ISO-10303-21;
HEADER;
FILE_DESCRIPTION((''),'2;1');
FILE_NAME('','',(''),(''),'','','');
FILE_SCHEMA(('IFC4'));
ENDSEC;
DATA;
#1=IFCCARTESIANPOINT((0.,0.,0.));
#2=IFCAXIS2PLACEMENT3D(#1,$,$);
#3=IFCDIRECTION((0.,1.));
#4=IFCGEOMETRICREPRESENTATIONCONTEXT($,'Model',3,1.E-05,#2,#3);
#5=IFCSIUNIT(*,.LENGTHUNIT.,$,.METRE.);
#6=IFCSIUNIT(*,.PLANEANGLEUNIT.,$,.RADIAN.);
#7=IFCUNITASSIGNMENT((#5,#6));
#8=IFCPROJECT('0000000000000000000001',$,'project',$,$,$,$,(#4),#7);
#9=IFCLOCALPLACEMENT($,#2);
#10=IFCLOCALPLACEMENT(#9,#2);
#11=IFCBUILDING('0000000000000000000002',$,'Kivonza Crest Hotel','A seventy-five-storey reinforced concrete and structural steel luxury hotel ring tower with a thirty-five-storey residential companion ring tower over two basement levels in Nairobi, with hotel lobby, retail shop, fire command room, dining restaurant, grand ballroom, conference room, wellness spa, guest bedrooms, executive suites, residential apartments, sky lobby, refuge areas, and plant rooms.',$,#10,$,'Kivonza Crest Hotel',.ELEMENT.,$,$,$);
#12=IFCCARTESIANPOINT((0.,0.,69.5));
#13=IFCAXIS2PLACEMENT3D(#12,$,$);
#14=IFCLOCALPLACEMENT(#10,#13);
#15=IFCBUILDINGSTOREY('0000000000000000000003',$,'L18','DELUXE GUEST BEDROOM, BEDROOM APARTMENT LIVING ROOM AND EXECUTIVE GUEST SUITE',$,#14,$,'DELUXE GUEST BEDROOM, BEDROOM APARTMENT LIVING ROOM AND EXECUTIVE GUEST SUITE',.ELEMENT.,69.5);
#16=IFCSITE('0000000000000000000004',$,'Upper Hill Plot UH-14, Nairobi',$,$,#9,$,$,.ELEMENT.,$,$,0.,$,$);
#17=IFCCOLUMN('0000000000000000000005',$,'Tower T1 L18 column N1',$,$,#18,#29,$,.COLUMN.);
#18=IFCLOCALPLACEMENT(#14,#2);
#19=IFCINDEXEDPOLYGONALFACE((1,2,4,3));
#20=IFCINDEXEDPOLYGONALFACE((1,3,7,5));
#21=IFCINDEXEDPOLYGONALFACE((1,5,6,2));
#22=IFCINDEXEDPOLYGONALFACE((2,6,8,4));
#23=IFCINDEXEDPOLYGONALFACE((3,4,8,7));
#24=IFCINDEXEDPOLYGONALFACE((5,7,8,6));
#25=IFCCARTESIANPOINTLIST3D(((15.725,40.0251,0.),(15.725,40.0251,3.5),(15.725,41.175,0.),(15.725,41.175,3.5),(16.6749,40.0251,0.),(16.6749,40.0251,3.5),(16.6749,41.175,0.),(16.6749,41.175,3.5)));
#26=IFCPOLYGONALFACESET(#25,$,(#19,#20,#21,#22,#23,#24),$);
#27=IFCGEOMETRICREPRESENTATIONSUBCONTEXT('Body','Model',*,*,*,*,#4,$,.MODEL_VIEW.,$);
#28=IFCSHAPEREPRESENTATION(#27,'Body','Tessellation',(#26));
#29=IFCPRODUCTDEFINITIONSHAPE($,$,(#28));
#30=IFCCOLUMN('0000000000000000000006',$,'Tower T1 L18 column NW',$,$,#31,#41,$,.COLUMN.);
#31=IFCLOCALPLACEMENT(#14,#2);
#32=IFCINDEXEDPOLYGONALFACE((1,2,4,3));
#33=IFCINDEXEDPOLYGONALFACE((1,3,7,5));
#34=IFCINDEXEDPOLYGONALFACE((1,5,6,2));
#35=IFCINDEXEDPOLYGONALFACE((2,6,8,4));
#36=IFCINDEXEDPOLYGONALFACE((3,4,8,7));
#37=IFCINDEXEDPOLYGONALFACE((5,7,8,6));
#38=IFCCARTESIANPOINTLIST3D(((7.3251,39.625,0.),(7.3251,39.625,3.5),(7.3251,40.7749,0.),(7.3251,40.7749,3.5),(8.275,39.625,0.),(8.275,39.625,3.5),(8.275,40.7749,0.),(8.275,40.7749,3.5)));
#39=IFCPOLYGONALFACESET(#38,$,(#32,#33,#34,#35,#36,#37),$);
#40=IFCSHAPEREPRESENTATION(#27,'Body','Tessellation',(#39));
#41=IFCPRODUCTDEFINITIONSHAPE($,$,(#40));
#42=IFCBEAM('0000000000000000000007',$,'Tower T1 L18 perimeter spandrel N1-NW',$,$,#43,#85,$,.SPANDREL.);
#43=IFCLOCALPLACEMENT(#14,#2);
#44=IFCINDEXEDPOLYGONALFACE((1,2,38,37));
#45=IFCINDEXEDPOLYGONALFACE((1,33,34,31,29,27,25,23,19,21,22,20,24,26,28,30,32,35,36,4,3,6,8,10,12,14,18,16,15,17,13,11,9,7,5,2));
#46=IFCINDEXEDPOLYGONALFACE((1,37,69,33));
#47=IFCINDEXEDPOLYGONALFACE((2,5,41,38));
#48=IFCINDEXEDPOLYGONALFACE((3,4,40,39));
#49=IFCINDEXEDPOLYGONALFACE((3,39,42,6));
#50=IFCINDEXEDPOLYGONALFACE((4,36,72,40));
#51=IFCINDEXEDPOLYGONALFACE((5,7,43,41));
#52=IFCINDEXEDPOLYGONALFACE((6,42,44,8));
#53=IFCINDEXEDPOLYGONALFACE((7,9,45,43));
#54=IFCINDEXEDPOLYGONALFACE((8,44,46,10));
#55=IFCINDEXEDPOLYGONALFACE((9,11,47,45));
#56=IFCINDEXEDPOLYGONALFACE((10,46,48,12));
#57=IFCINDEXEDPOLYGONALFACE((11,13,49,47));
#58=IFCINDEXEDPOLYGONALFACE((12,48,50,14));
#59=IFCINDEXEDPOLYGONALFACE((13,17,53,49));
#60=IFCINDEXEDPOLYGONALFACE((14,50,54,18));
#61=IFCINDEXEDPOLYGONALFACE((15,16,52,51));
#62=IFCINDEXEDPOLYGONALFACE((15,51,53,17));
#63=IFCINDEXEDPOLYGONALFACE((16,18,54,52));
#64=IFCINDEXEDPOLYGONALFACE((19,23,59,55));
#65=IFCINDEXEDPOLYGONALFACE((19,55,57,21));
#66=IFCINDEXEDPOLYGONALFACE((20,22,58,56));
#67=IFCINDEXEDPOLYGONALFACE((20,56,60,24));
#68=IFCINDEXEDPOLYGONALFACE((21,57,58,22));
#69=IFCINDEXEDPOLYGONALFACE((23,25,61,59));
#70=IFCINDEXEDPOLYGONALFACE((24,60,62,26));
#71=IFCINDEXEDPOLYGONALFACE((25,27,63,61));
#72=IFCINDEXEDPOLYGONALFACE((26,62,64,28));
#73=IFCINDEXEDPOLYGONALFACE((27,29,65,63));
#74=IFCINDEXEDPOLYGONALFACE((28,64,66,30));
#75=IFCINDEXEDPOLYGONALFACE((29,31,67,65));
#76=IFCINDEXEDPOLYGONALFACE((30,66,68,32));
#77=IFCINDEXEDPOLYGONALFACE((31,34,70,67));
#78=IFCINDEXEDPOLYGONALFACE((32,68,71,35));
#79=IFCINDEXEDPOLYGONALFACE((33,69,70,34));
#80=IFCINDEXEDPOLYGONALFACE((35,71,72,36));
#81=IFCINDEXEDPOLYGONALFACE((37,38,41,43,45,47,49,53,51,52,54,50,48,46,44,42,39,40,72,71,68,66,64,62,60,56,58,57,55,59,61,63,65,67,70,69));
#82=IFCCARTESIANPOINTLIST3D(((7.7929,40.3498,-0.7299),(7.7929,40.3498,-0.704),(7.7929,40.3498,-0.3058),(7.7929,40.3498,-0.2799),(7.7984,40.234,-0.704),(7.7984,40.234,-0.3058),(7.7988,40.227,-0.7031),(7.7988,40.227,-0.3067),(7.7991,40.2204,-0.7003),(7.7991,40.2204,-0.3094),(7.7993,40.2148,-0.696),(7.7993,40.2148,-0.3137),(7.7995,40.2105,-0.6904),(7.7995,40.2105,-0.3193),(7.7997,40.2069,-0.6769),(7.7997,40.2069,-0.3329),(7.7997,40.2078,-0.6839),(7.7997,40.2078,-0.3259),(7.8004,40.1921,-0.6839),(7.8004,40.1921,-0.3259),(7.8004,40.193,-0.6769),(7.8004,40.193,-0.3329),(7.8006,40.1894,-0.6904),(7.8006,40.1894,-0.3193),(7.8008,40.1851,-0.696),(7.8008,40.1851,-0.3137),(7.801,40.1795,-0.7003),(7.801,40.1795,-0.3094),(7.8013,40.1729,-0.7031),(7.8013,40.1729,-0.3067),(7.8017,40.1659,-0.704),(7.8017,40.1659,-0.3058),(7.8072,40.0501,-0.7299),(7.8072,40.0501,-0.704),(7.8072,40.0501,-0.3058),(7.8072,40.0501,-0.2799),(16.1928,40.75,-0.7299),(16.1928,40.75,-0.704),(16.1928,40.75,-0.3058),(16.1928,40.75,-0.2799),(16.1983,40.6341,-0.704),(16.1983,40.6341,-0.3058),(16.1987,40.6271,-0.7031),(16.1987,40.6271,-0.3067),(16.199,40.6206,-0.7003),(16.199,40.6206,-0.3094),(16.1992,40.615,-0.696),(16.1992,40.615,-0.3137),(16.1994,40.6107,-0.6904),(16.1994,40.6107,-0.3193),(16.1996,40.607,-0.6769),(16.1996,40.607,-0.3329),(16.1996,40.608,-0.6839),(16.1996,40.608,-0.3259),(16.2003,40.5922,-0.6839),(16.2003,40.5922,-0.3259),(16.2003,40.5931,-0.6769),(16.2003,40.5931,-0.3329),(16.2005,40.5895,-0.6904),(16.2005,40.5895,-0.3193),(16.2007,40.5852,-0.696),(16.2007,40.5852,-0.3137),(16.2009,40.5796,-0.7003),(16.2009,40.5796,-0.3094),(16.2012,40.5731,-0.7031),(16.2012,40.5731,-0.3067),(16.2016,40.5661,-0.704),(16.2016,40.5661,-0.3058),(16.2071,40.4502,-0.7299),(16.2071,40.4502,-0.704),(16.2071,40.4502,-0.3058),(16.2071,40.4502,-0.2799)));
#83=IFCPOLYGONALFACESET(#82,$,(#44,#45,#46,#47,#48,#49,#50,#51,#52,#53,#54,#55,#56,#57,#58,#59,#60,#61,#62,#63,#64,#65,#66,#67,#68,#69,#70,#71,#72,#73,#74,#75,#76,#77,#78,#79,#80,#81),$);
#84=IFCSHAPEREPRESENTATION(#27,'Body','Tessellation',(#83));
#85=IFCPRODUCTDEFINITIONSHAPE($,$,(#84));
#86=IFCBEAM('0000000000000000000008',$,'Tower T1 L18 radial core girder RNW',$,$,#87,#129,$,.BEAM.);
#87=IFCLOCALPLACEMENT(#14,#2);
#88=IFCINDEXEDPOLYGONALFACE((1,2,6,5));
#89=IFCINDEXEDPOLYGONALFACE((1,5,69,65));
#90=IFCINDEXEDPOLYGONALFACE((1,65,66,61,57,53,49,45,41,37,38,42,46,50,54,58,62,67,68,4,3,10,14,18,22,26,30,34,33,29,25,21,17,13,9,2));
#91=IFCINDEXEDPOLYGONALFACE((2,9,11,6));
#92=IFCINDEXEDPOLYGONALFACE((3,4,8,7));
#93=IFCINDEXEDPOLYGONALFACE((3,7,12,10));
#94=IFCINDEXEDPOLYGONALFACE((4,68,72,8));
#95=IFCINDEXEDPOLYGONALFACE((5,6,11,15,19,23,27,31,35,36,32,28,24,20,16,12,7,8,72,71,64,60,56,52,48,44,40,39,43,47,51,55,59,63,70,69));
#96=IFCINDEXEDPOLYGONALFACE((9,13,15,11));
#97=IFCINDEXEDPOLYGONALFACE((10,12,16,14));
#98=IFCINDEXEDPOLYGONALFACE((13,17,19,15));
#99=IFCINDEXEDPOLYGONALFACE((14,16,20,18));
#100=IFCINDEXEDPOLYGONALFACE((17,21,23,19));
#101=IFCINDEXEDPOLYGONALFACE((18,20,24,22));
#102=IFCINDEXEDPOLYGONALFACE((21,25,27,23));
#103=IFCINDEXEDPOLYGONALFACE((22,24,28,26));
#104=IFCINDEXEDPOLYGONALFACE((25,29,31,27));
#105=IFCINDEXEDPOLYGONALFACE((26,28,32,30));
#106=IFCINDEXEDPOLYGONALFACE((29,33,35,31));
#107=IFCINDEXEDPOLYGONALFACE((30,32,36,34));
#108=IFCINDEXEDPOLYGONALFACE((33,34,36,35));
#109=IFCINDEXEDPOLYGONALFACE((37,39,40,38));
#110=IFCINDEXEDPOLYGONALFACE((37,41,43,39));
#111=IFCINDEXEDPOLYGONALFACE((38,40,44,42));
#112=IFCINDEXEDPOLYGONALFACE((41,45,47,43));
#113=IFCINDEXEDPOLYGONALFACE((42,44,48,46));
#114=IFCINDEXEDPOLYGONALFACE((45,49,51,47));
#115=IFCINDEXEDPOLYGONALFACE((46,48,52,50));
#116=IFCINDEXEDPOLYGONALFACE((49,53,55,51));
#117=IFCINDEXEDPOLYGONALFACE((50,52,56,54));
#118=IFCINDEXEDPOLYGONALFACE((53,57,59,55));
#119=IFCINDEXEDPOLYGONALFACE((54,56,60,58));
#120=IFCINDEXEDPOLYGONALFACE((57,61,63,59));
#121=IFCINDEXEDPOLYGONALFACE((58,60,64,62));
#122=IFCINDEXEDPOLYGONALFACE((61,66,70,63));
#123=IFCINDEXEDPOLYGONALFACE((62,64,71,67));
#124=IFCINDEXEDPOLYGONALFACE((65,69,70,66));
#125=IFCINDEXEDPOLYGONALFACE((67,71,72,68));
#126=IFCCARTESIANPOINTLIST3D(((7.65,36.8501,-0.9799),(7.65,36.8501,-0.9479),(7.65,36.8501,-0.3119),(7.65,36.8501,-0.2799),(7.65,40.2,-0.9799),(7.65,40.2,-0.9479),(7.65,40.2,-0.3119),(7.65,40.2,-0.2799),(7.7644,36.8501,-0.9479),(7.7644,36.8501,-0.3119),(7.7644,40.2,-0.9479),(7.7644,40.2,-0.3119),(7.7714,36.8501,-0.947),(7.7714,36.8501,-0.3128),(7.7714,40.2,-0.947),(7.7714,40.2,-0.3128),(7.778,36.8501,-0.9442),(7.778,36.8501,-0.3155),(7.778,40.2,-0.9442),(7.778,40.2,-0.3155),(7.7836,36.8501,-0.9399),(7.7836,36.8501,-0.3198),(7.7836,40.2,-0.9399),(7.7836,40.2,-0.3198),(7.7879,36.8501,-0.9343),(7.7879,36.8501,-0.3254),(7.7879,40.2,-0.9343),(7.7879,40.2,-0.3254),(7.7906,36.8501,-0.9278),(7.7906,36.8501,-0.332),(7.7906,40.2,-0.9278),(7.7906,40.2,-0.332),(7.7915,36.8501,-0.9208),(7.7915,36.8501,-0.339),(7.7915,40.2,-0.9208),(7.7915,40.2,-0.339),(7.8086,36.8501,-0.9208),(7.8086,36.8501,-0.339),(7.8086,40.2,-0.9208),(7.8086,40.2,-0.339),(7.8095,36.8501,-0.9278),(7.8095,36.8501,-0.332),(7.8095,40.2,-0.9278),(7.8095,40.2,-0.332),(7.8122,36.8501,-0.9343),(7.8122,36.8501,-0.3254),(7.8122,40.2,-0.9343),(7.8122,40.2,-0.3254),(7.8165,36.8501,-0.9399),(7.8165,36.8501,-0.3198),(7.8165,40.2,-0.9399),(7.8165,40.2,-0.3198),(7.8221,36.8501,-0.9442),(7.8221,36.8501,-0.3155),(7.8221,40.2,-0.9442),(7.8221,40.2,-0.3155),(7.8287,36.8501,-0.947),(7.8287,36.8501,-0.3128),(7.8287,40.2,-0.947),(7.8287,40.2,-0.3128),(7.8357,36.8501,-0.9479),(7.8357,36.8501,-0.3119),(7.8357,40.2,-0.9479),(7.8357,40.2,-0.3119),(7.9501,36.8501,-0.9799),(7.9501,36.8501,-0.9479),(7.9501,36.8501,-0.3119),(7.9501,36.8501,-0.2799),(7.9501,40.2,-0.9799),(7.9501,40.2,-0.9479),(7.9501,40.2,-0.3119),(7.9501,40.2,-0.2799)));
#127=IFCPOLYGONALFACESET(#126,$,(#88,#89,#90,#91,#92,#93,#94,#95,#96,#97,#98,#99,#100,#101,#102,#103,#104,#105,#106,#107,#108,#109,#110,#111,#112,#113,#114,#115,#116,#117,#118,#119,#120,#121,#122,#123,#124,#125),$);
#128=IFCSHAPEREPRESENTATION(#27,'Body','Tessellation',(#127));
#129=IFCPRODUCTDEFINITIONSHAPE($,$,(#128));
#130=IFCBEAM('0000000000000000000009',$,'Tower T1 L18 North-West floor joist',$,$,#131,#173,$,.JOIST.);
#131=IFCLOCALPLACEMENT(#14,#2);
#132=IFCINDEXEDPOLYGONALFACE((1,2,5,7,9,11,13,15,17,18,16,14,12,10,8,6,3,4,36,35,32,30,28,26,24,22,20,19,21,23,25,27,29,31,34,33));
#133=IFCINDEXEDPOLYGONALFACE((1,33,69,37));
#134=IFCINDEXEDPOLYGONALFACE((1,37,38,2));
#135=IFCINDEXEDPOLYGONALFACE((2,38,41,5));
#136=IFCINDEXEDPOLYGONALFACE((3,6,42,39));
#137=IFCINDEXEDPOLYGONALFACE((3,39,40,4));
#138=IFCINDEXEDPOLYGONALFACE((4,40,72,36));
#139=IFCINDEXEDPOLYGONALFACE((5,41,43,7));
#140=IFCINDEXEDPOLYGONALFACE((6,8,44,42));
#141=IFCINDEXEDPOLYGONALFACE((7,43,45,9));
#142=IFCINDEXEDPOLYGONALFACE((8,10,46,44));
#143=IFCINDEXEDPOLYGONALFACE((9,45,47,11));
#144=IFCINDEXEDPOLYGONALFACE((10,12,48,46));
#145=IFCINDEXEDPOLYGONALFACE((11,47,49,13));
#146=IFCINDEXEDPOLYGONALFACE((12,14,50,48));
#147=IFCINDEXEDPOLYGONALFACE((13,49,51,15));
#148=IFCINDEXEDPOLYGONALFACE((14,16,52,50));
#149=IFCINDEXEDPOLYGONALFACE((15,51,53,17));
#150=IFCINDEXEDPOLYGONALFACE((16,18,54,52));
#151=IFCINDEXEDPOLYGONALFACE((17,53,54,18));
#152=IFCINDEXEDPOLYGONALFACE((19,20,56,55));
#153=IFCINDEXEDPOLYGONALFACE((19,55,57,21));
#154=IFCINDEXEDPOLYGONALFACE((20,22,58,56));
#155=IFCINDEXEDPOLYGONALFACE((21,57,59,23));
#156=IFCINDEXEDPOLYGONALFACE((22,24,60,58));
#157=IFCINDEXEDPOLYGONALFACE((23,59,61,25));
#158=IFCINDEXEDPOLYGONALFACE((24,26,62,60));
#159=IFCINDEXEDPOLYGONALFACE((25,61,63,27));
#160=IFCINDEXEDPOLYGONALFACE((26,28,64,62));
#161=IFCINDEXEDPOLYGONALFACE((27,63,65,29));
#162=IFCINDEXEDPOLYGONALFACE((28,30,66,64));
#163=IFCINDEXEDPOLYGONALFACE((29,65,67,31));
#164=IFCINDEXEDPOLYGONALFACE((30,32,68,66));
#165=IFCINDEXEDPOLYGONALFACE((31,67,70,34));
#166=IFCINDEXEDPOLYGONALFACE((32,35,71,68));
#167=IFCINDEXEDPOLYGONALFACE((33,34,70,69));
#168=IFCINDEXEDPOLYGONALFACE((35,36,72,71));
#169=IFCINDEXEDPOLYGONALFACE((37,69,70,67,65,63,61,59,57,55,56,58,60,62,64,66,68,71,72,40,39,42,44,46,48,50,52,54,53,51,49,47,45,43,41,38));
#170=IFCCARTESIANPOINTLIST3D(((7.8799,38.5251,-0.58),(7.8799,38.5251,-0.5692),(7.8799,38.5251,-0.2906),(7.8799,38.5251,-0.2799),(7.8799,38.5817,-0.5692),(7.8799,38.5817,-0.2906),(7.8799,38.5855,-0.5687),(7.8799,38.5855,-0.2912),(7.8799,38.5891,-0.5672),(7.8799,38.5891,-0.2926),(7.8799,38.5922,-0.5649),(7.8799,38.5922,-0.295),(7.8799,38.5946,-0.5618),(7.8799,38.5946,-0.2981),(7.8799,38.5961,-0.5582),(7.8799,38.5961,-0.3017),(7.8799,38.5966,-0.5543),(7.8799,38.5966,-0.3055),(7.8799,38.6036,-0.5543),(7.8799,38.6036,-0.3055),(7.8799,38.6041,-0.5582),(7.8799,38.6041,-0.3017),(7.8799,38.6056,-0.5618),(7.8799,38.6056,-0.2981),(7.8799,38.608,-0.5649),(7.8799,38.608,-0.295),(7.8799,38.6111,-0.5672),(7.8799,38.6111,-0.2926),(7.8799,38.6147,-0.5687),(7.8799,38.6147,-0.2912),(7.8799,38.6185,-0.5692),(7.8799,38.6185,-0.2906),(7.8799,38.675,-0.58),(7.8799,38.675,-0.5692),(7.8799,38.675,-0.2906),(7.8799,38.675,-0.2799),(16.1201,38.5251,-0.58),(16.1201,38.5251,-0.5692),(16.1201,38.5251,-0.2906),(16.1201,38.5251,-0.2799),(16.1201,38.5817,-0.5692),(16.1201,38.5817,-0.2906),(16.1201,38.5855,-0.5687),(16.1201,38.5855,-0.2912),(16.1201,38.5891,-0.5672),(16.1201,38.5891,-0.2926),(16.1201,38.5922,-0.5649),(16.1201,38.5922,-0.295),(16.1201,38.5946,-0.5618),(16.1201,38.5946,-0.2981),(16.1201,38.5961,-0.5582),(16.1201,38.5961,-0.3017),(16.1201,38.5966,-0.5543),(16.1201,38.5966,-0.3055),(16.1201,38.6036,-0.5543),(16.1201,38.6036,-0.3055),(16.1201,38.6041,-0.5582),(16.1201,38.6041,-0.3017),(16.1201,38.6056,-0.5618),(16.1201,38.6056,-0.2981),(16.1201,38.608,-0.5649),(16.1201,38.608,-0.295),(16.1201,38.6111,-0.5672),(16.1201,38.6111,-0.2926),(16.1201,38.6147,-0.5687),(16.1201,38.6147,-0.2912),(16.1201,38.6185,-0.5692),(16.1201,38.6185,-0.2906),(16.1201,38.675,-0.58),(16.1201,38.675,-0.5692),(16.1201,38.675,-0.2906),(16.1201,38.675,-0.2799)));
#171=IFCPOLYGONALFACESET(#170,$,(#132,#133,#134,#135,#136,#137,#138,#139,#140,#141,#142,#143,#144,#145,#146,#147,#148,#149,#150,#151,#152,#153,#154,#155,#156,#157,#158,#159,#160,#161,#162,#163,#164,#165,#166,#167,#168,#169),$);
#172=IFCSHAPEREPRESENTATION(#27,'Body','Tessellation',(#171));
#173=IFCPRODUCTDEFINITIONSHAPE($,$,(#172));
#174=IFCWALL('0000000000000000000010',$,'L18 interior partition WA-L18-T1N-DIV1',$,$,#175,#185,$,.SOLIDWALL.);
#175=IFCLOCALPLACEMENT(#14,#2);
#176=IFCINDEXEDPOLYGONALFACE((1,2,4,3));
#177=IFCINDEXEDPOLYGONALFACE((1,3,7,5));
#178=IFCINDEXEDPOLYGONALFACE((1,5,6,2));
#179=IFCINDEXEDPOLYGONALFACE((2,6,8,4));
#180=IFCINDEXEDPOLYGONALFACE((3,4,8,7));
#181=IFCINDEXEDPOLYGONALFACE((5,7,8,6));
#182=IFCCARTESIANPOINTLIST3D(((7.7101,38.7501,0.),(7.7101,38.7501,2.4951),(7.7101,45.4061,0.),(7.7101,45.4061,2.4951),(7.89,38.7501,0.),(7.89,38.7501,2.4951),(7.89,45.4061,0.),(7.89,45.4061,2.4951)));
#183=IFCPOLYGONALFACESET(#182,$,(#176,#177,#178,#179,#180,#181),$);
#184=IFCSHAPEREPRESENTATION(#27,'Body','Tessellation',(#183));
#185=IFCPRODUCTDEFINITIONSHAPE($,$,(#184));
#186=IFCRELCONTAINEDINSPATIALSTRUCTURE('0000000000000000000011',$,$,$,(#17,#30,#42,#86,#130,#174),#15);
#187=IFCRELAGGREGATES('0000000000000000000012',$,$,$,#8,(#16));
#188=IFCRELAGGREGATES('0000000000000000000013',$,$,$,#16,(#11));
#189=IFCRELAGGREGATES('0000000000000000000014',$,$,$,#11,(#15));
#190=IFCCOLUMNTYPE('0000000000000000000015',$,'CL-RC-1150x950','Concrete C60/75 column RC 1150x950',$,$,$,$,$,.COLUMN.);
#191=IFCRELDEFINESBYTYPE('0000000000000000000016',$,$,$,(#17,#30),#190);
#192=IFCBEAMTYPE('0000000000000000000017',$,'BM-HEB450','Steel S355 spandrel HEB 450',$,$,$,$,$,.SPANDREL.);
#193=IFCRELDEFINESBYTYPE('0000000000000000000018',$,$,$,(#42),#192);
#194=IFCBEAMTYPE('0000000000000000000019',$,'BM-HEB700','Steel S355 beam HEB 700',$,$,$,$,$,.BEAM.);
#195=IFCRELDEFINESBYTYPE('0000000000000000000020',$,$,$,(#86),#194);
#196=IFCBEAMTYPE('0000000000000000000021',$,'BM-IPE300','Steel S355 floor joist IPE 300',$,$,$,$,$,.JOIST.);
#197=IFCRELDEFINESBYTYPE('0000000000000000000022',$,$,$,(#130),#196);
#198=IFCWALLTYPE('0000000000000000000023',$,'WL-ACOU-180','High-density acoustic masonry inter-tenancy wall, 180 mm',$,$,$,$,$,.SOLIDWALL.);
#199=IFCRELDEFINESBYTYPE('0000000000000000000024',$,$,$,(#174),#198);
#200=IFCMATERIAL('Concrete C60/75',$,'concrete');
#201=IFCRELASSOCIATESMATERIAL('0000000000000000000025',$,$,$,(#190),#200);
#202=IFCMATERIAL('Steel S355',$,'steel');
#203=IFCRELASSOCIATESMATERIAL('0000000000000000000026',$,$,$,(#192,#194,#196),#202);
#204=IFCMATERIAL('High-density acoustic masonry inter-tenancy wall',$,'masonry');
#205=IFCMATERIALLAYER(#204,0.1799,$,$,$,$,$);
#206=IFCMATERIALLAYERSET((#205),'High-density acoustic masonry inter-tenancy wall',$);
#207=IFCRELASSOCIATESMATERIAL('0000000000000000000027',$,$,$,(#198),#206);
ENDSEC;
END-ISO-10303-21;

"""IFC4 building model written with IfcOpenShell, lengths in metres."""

from ifc_helpers import new_model, si_unit, direction, frame, frame_2d, origin, origin_2d, place, context, subcontext, project, spatial, rectangle, i_section, extrude, material, layer, layer_set, material_profile, profile_set, type_object, element, save


model = new_model("IFC4")

# Units and contexts
model_context = context("Model", 3, precision=1e-05, world=origin(), true_north=direction((0.0, 1.0)))
body_context = subcontext(model_context, "Body", "Model", "MODEL_VIEW")
ifc_project = project(units=[si_unit("LENGTHUNIT", "METRE"), si_unit("PLANEANGLEUNIT", "RADIAN")], contexts=[model_context])

# Site, building, storey
site_placement = place(None, origin())
site = spatial("IfcSite", under=ifc_project, at=site_placement, Name="Upper Hill Plot UH-14, Nairobi", CompositionType="ELEMENT", RefElevation=0.0)
building_placement = place(site_placement, origin())
building = spatial("IfcBuilding", under=site, at=building_placement, Name="Kivonza Crest Hotel", Description="A seventy-five-storey reinforced concrete and structural steel luxury hotel ring tower with a thirty-five-storey residential companion ring tower over two basement levels in Nairobi, with hotel lobby, retail shop, fire command room, dining restaurant, grand ballroom, conference room, wellness spa, guest bedrooms, executive suites, residential apartments, sky lobby, refuge areas, and plant rooms.", LongName="Kivonza Crest Hotel", CompositionType="ELEMENT")
storey_placement = place(building_placement, frame((0.0, 0.0, 69.5)))
storey = spatial("IfcBuildingStorey", under=building, at=storey_placement, Name="L18", Description="DELUXE GUEST BEDROOM, BEDROOM APARTMENT LIVING ROOM AND EXECUTIVE GUEST SUITE", LongName="DELUXE GUEST BEDROOM, BEDROOM APARTMENT LIVING ROOM AND EXECUTIVE GUEST SUITE", CompositionType="ELEMENT", Elevation=69.5)

# Columns
ifc_material_1 = material(Name="Concrete C60/75", Category="concrete")
ifc_material_profile_1 = material_profile(ifc_material_1, rectangle(XDim=0.95, YDim=1.1499, at=origin_2d()), Name="RC 1150x950")
ifc_profile_set_1 = profile_set([ifc_material_profile_1], Name="Concrete C60/75")
column_type = type_object("IfcColumnType", Name="CL-RC-1150x950", Description="Concrete C60/75 column RC 1150x950", PredefinedType="COLUMN", material=ifc_profile_set_1)
for number, where, z_axis, x_axis, name in (
    (1, (16.2, 40.6001, 0.0), (0.0, 0.0, 1.0), (1.0, 0.0, 0.0), "Tower T1 L18 column N1"),
    (2, (7.8, 40.2, 0.0), (0.0, 0.0, 1.0), (1.0, 0.0, 0.0), "Tower T1 L18 column NW"),
):
    element("IfcColumn", number, at=place(storey_placement, frame(where, z_axis=z_axis, x_axis=x_axis)), inside=storey, type_object=column_type, Name=name, PredefinedType="COLUMN", context=body_context, shape_type="SweptSolid", body=[
        extrude(rectangle(XDim=0.95, YDim=1.1499, at=origin_2d()), origin(), (0.0, 0.0, 1.0), 3.5),
    ])

# Beams
ifc_material_2 = material(Name="Steel S355", Category="steel")
ifc_material_profile_2 = material_profile(ifc_material_2, i_section(OverallWidth=0.3, OverallDepth=0.45, WebThickness=0.0139, FlangeThickness=0.0259, FilletRadius=0.0271, at=origin_2d()), Name="HEB 450")
ifc_profile_set_2 = profile_set([ifc_material_profile_2], Name="Steel S355")
beam_type_1 = type_object("IfcBeamType", Name="BM-HEB450", Description="Steel S355 spandrel HEB 450", PredefinedType="SPANDREL", material=ifc_profile_set_2)
beam_1_placement = place(storey_placement, frame((16.2, 40.6001, -0.5049), z_axis=(-0.998867, -0.047583, 0.0), x_axis=(0.047583, -0.998867, 0.0)))
element("IfcBeam", 3, at=beam_1_placement, inside=storey, type_object=beam_type_1, Name="Tower T1 L18 perimeter spandrel N1-NW", PredefinedType="SPANDREL", context=body_context, shape_type="SweptSolid", body=[
    extrude(i_section(OverallWidth=0.3, OverallDepth=0.45, WebThickness=0.0139, FlangeThickness=0.0259, FilletRadius=0.0271, at=origin_2d()), origin(), (0.0, 0.0, 1.0), 8.4094),
])
ifc_material_profile_3 = material_profile(ifc_material_2, i_section(OverallWidth=0.3, OverallDepth=0.7, WebThickness=0.0171, FlangeThickness=0.032, FilletRadius=0.0271, at=origin_2d()), Name="HEB 700")
ifc_profile_set_3 = profile_set([ifc_material_profile_3], Name="Steel S355")
beam_type_2 = type_object("IfcBeamType", Name="BM-HEB700", Description="Steel S355 beam HEB 700", PredefinedType="BEAM", material=ifc_profile_set_3)
beam_2_placement = place(storey_placement, frame((7.8, 40.2, -0.6299), z_axis=(0.0, -1.0, 0.0), x_axis=(1.0, 0.0, 0.0)))
element("IfcBeam", 4, at=beam_2_placement, inside=storey, type_object=beam_type_2, Name="Tower T1 L18 radial core girder RNW", PredefinedType="BEAM", context=body_context, shape_type="SweptSolid", body=[
    extrude(i_section(OverallWidth=0.3, OverallDepth=0.7, WebThickness=0.0171, FlangeThickness=0.032, FilletRadius=0.0271, at=origin_2d()), origin(), (0.0, 0.0, 1.0), 3.3499),
])
ifc_material_profile_4 = material_profile(ifc_material_2, i_section(OverallWidth=0.1499, OverallDepth=0.3, WebThickness=0.0071, FlangeThickness=0.0107, FilletRadius=0.0149, at=origin_2d()), Name="IPE 300")
ifc_profile_set_4 = profile_set([ifc_material_profile_4], Name="Steel S355")
beam_type_3 = type_object("IfcBeamType", Name="BM-IPE300", Description="Steel S355 floor joist IPE 300", PredefinedType="JOIST", material=ifc_profile_set_4)
beam_3_placement = place(storey_placement, frame((7.8799, 38.6001, -0.4299), z_axis=(1.0, 0.0, 0.0), x_axis=(0.0, 1.0, 0.0)))
element("IfcBeam", 5, at=beam_3_placement, inside=storey, type_object=beam_type_3, Name="Tower T1 L18 North-West floor joist", PredefinedType="JOIST", context=body_context, shape_type="SweptSolid", body=[
    extrude(i_section(OverallWidth=0.1499, OverallDepth=0.3, WebThickness=0.0071, FlangeThickness=0.0107, FilletRadius=0.0149, at=origin_2d()), origin(), (0.0, 0.0, 1.0), 8.2402),
])

# Wall
ifc_material_3 = material(Name="High-density acoustic masonry inter-tenancy wall", Category="masonry")
ifc_layer_1 = layer(ifc_material_3, 0.1799)
ifc_layer_set_1 = layer_set([ifc_layer_1], Name="High-density acoustic masonry inter-tenancy wall")
wall_type_1 = type_object("IfcWallType", Name="WL-ACOU-180", Description="High-density acoustic masonry inter-tenancy wall, 180 mm", PredefinedType="SOLIDWALL", material=ifc_layer_set_1)
wall_1_placement = place(storey_placement, frame((7.8, 38.75, 0.0), z_axis=(0.0, 0.0, 1.0), x_axis=(0.0, 1.0, 0.0)))
element("IfcWall", 6, at=wall_1_placement, inside=storey, type_object=wall_type_1, Name="L18 interior partition WA-L18-T1N-DIV1", PredefinedType="SOLIDWALL", context=body_context, shape_type="SweptSolid", body=[
    extrude(rectangle(XDim=6.656, YDim=0.1799, at=frame_2d((3.3281, 0.0))), origin(), (0.0, 0.0, 1.0), 2.4951),
])

save(model, "model.ifc")
